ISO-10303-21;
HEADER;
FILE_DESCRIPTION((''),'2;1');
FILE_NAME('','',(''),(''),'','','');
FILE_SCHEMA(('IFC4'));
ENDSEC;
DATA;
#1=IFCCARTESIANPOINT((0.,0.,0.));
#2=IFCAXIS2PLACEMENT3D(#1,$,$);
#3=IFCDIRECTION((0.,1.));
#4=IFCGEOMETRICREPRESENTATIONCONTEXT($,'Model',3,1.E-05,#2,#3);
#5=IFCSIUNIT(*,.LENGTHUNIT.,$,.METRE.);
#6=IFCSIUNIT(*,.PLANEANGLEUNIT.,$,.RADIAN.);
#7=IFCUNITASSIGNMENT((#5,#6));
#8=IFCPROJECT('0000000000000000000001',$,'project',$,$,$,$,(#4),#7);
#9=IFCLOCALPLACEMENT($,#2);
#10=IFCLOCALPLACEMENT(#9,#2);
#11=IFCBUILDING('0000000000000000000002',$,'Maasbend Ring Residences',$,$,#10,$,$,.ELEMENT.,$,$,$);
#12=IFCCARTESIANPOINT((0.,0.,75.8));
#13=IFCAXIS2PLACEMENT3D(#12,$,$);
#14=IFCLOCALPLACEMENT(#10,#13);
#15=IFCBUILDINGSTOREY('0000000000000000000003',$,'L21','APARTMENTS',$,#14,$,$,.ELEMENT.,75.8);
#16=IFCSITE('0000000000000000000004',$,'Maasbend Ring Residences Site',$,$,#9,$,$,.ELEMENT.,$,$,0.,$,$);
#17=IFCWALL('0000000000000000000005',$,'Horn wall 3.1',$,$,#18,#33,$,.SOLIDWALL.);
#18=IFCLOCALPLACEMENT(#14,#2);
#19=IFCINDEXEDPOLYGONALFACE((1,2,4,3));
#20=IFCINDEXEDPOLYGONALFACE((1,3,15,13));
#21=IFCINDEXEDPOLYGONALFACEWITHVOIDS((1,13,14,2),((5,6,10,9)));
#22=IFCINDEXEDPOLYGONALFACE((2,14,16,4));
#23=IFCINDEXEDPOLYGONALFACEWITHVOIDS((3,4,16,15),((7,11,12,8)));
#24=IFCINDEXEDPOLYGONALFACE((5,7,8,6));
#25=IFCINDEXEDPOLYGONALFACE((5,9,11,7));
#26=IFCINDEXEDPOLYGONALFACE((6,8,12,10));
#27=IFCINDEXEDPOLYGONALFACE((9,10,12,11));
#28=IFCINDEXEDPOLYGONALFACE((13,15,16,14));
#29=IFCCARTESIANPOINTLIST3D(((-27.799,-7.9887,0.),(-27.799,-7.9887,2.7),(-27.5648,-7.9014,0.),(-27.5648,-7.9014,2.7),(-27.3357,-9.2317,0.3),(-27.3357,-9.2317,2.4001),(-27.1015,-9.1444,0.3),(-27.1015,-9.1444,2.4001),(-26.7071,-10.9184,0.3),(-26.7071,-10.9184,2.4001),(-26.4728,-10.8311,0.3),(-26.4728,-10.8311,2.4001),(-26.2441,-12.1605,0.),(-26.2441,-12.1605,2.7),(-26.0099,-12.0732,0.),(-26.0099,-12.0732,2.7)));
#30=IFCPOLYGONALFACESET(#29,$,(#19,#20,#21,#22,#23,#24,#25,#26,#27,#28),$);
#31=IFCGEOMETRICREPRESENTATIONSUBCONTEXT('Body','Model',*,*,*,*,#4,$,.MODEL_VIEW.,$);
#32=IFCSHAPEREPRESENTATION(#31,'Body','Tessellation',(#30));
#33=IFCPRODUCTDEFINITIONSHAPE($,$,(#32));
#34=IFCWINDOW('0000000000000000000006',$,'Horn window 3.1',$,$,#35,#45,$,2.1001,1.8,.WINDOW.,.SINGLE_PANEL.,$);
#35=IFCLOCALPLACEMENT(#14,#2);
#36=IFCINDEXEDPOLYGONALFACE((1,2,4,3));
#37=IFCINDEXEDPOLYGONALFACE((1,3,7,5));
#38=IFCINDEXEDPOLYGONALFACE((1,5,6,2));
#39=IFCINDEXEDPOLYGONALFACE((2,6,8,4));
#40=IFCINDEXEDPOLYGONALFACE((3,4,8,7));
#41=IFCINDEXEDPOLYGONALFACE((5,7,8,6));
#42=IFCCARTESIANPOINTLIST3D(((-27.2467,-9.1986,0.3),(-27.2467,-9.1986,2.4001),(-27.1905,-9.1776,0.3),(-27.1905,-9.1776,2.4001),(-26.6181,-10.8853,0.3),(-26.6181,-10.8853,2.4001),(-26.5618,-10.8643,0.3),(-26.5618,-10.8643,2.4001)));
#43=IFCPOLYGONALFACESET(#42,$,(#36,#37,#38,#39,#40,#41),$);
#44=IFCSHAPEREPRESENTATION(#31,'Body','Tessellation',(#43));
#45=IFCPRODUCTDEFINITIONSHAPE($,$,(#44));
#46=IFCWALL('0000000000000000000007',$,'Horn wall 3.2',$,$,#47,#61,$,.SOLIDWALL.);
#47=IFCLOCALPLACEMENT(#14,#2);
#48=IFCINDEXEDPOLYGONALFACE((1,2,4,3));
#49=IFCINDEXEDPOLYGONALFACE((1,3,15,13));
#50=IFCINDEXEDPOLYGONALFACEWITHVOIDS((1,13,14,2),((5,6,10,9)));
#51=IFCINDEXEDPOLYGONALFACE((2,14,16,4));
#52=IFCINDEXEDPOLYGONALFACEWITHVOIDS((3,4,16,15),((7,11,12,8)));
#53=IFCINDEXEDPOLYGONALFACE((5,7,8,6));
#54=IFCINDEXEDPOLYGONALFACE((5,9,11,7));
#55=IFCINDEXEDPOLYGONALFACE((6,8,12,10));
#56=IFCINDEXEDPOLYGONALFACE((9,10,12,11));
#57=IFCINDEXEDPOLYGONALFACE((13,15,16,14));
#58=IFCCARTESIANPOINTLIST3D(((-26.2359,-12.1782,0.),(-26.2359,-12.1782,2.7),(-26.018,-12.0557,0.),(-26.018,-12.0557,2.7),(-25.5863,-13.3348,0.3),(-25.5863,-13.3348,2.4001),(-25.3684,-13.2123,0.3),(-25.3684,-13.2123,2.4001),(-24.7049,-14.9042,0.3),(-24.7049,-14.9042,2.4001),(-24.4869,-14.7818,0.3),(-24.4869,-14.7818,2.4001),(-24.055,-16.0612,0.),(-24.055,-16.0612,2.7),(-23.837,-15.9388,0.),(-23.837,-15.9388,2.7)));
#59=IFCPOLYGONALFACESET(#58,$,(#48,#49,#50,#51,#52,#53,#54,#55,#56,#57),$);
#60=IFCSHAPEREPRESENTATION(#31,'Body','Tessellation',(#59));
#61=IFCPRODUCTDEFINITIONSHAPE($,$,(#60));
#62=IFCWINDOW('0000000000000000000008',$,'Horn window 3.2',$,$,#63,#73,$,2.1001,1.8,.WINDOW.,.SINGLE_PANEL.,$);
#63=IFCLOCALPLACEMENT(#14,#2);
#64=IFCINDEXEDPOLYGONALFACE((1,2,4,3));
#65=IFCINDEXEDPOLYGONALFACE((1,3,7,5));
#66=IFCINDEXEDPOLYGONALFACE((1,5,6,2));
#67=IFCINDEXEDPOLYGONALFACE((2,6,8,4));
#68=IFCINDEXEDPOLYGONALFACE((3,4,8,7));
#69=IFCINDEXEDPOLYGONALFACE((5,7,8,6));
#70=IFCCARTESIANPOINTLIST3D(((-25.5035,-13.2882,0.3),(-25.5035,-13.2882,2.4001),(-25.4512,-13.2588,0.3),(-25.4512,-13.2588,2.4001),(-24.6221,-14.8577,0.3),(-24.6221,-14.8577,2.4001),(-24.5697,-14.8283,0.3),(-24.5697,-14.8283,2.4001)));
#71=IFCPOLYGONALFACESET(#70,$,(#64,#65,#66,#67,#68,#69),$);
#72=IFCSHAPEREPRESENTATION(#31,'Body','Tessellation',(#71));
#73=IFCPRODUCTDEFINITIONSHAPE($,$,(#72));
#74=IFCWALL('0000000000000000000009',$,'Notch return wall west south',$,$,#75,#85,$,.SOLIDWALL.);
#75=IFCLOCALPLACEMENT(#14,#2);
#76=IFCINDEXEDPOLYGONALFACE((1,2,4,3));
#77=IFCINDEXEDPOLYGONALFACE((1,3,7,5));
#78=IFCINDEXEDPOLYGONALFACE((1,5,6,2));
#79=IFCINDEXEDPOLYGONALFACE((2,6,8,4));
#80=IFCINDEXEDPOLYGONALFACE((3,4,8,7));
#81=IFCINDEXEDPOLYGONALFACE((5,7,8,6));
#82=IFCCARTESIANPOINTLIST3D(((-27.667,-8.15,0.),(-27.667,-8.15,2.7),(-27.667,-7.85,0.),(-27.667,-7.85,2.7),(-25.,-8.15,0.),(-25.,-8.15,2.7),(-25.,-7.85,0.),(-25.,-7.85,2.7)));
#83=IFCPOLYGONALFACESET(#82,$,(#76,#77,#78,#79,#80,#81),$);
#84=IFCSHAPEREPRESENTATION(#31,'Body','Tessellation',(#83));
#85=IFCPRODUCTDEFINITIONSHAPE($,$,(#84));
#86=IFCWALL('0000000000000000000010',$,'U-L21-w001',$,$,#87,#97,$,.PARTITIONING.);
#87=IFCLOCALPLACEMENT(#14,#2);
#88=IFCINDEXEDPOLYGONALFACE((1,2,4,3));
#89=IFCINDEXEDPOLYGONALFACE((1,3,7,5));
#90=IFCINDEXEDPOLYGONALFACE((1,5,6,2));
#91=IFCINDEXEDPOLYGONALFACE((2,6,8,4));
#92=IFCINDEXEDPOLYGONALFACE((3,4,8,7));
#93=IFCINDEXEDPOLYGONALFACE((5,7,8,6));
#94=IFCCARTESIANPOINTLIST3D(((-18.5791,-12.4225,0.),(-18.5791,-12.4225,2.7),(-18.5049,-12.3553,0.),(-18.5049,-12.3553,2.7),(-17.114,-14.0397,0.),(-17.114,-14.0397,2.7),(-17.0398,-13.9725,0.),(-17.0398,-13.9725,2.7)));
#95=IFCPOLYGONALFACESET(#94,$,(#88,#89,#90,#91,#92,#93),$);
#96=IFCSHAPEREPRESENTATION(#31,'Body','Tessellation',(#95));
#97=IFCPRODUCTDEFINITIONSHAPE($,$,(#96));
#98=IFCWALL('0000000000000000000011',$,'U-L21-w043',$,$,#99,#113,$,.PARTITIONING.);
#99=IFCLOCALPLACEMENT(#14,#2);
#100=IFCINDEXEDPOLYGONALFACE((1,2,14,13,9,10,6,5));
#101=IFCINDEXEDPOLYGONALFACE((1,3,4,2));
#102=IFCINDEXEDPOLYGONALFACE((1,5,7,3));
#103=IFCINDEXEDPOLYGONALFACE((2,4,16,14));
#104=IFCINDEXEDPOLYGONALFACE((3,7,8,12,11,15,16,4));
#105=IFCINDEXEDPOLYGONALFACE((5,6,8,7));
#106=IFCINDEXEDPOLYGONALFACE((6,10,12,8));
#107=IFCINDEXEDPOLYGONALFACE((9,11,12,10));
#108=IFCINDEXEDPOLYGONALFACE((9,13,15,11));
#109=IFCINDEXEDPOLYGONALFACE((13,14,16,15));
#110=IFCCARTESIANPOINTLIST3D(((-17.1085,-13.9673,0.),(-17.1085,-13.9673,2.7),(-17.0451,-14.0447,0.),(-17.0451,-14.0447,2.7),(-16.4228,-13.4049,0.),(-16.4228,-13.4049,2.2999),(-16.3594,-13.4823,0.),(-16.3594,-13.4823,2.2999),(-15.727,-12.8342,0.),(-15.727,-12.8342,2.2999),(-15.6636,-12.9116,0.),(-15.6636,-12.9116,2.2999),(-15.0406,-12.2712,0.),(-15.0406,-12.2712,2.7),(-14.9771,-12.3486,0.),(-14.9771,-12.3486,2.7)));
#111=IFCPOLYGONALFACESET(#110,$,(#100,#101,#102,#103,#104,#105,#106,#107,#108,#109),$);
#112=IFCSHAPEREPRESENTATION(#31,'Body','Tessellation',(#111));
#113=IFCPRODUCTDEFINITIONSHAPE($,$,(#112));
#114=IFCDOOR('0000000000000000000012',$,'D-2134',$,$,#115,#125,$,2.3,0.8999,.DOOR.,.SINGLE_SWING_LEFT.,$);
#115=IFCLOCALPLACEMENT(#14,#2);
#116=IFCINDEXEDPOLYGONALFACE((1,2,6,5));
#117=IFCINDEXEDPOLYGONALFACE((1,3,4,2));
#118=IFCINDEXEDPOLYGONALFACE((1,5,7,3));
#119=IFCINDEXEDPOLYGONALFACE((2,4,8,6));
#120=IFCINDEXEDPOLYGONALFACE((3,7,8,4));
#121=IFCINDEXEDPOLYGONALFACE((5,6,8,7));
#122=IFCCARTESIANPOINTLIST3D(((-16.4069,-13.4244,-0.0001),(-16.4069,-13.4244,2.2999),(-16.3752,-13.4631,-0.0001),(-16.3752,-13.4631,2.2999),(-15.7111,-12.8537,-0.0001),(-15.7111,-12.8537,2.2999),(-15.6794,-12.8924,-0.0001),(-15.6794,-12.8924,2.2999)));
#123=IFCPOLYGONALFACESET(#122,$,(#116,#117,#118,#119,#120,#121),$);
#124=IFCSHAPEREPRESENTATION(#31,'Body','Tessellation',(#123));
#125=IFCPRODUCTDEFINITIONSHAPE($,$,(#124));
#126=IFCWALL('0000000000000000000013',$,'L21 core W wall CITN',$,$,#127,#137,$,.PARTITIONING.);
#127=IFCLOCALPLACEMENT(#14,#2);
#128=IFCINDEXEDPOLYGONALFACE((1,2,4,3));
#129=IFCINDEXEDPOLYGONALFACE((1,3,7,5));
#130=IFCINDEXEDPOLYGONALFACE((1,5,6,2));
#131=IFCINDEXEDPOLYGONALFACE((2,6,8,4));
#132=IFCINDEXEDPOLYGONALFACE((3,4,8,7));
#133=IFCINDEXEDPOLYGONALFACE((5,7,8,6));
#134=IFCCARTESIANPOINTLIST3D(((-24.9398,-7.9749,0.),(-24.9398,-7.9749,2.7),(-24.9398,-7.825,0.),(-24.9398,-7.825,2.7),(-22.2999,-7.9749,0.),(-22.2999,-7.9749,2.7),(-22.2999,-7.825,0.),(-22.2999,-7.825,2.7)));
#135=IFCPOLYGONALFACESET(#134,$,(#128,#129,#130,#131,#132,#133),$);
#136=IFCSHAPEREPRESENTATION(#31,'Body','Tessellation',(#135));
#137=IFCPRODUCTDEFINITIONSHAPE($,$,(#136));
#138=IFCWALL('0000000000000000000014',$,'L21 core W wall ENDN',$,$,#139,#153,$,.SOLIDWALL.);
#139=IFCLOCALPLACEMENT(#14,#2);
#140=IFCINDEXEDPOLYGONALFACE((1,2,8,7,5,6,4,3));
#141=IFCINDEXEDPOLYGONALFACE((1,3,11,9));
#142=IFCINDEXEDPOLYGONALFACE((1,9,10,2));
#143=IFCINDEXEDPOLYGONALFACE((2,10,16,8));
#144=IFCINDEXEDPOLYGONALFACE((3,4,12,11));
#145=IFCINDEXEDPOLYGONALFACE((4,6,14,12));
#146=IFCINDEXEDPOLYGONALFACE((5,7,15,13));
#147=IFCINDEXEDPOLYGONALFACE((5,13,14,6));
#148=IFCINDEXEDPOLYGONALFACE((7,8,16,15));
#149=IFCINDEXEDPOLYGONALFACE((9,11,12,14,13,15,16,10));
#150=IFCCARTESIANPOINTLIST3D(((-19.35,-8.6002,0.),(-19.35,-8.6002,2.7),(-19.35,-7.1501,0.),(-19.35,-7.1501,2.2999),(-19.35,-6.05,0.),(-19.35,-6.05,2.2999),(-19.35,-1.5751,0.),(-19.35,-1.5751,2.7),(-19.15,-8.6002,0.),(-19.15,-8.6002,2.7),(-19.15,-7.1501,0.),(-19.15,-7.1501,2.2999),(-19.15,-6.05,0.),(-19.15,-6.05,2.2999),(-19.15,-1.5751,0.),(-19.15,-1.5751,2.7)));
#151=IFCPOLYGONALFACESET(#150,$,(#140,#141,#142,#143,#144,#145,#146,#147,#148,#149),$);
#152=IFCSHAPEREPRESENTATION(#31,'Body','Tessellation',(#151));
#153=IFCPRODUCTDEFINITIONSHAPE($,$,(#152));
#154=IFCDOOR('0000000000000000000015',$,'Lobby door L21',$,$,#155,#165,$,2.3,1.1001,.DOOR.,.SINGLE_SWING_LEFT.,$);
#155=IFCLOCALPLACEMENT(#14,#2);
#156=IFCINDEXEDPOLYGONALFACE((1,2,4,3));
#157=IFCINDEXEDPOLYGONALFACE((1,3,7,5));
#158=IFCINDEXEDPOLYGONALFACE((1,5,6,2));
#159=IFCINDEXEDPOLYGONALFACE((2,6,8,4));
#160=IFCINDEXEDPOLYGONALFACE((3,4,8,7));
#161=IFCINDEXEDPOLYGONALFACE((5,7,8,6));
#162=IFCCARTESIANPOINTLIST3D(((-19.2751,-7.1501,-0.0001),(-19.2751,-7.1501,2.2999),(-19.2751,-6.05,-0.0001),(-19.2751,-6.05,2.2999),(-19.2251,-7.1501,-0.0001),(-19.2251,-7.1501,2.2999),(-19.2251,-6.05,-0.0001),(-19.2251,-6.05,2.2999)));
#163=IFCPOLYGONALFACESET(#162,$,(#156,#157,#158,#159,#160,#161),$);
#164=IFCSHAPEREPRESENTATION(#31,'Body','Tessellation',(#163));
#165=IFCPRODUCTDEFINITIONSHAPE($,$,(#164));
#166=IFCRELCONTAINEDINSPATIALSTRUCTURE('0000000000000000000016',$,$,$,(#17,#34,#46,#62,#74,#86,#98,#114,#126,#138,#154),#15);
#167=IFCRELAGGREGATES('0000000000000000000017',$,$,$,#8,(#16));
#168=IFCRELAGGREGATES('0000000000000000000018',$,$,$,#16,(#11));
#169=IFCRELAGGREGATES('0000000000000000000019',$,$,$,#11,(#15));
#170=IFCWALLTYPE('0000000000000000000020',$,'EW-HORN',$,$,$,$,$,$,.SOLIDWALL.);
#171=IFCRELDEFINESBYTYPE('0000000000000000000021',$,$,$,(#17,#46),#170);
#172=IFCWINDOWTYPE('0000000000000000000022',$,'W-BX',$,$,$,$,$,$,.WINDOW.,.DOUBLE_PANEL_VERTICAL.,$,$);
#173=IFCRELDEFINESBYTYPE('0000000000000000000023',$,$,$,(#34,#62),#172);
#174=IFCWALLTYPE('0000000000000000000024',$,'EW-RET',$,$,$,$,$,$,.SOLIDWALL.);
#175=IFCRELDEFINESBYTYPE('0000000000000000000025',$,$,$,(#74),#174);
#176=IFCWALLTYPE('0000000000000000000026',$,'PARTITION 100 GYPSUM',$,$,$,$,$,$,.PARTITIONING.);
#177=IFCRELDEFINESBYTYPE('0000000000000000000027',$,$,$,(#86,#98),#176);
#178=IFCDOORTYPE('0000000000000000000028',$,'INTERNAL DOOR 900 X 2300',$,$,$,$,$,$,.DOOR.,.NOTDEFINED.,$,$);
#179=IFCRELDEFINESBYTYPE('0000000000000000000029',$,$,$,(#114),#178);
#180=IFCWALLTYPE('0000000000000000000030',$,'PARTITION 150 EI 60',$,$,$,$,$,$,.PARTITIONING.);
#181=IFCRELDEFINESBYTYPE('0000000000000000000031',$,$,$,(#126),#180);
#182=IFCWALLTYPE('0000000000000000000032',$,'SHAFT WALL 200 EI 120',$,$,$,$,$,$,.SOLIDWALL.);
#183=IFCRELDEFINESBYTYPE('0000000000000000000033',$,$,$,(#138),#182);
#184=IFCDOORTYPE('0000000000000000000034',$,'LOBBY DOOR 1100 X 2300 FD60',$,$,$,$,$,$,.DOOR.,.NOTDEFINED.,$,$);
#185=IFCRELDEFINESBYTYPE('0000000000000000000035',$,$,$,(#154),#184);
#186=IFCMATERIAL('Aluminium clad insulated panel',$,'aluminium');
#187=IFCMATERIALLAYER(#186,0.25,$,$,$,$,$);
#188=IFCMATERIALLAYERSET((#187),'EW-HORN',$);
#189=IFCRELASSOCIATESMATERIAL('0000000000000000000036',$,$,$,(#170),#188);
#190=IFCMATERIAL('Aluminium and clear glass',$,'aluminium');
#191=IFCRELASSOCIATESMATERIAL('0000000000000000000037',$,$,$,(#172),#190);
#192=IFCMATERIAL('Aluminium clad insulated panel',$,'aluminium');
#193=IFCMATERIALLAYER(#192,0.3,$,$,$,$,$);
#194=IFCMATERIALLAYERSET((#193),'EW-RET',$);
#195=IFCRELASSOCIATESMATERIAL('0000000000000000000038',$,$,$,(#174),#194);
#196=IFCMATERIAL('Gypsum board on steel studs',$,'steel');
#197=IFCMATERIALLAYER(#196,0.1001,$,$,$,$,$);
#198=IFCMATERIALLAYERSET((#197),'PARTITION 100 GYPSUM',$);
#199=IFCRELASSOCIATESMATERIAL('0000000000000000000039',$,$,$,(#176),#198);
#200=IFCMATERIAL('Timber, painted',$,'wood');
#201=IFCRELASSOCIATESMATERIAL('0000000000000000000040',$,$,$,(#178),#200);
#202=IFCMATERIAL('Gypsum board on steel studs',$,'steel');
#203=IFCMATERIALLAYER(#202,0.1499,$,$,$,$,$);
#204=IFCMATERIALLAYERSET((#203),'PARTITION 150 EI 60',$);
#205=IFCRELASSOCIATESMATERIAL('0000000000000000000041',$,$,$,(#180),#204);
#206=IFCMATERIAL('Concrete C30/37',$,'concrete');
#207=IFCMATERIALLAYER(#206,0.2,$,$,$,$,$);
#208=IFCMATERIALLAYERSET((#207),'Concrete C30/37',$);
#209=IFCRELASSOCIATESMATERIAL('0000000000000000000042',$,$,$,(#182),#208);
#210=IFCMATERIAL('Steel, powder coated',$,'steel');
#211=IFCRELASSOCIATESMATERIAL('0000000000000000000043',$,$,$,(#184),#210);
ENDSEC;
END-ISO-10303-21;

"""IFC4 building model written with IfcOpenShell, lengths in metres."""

from ifc_helpers import new_model, si_unit, direction, frame, frame_2d, origin, place, context, subcontext, project, spatial, rectangle, extrude, material, layer, layer_set, type_object, element, fill, save


model = new_model("IFC4")

# Units and contexts
model_context = context("Model", 3, precision=1e-05, world=origin(), true_north=direction((0.0, 1.0)))
body_context = subcontext(model_context, "Body", "Model", "MODEL_VIEW")
ifc_project = project(units=[si_unit("LENGTHUNIT", "METRE"), si_unit("PLANEANGLEUNIT", "RADIAN")], contexts=[model_context])

# Site, building, storey
site_placement = place(None, origin())
site = spatial("IfcSite", under=ifc_project, at=site_placement, Name="Maasbend Ring Residences Site", CompositionType="ELEMENT", RefElevation=0.0)
building_placement = place(site_placement, origin())
building = spatial("IfcBuilding", under=site, at=building_placement, Name="Maasbend Ring Residences", CompositionType="ELEMENT")
storey_placement = place(building_placement, frame((0.0, 0.0, 75.8)))
storey = spatial("IfcBuildingStorey", under=building, at=storey_placement, Name="L21", Description="APARTMENTS", CompositionType="ELEMENT", Elevation=75.8)

# Walls, openings, windows
ifc_material_1 = material(Name="Aluminium clad insulated panel", Category="aluminium")
ifc_layer_1 = layer(ifc_material_1, 0.25)
ifc_layer_set_1 = layer_set([ifc_layer_1], Name="EW-HORN")
wall_type_1 = type_object("IfcWallType", Name="EW-HORN", PredefinedType="SOLIDWALL", material=ifc_layer_set_1)
wall_1_placement = place(storey_placement, frame((-27.6819, -7.9451, 0.0), z_axis=(0.0, 0.0, 1.0), x_axis=(0.349248, -0.93703, 0.0)))
wall_1 = element("IfcWall", 1, at=wall_1_placement, inside=storey, type_object=wall_type_1, Name="Horn wall 3.1", PredefinedType="SOLIDWALL", context=body_context, shape_type="SweptSolid", body=[
    extrude(rectangle(XDim=4.4521, YDim=0.25, at=frame_2d((2.2261, 0.0))), origin(), (0.0, 0.0, 1.0), 2.7),
])
opening_1_placement = place(wall_1_placement, frame((1.3267, 0.0, 0.3)))
opening_1 = element("IfcOpeningElement", 2, at=opening_1_placement, cuts=wall_1, PredefinedType="OPENING", context=body_context, shape_type="SweptSolid", body=[
    extrude(rectangle(XDim=1.8, YDim=2.1001, at=frame_2d((0.8999, 1.05))), frame((0.0, 0.135, 0.0), z_axis=(0.0, -1.0, 0.0), x_axis=(1.0, 0.0, 0.0)), (0.0, 0.0, 1.0), 0.27),
])
ifc_material_2 = material(Name="Aluminium and clear glass", Category="aluminium")
window_type = type_object("IfcWindowType", Name="W-BX", PartitioningType="DOUBLE_PANEL_VERTICAL", PredefinedType="WINDOW", material=ifc_material_2)
window_1_placement = place(opening_1_placement, origin())
window_1 = element("IfcWindow", 3, at=window_1_placement, inside=storey, type_object=window_type, Name="Horn window 3.1", OverallHeight=2.1001, OverallWidth=1.8, PartitioningType="SINGLE_PANEL", PredefinedType="WINDOW", context=body_context, shape_type="SweptSolid", body=[
    extrude(rectangle(XDim=1.8, YDim=2.1001, at=frame_2d((0.8999, 1.05))), frame((0.0, 0.03, 0.0), z_axis=(0.0, -1.0, 0.0), x_axis=(1.0, 0.0, 0.0)), (0.0, 0.0, 1.0), 0.0601),
])
fill(opening_1, window_1)
wall_2_placement = place(storey_placement, frame((-26.127, -12.1169, 0.0), z_axis=(0.0, 0.0, 1.0), x_axis=(0.489696, -0.871893, 0.0)))
wall_2 = element("IfcWall", 4, at=wall_2_placement, inside=storey, type_object=wall_type_1, Name="Horn wall 3.2", PredefinedType="SOLIDWALL", context=body_context, shape_type="SweptSolid", body=[
    extrude(rectangle(XDim=4.4536, YDim=0.25, at=frame_2d((2.2268, 0.0))), origin(), (0.0, 0.0, 1.0), 2.7),
])
opening_2_placement = place(wall_2_placement, frame((1.3267, 0.0, 0.3)))
opening_2 = element("IfcOpeningElement", 5, at=opening_2_placement, cuts=wall_2, PredefinedType="OPENING", context=body_context, shape_type="SweptSolid", body=[
    extrude(rectangle(XDim=1.8, YDim=2.1001, at=frame_2d((0.8999, 1.05))), frame((0.0, 0.135, 0.0), z_axis=(0.0, -1.0, 0.0), x_axis=(1.0, 0.0, 0.0)), (0.0, 0.0, 1.0), 0.27),
])
window_2_placement = place(opening_2_placement, origin())
window_2 = element("IfcWindow", 6, at=window_2_placement, inside=storey, type_object=window_type, Name="Horn window 3.2", OverallHeight=2.1001, OverallWidth=1.8, PartitioningType="SINGLE_PANEL", PredefinedType="WINDOW", context=body_context, shape_type="SweptSolid", body=[
    extrude(rectangle(XDim=1.8, YDim=2.1001, at=frame_2d((0.8999, 1.05))), frame((0.0, 0.03, 0.0), z_axis=(0.0, -1.0, 0.0), x_axis=(1.0, 0.0, 0.0)), (0.0, 0.0, 1.0), 0.0601),
])
fill(opening_2, window_2)

# Walls
ifc_material_3 = material(Name="Aluminium clad insulated panel", Category="aluminium")
ifc_layer_2 = layer(ifc_material_3, 0.3)
ifc_layer_set_2 = layer_set([ifc_layer_2], Name="EW-RET")
wall_type_2 = type_object("IfcWallType", Name="EW-RET", PredefinedType="SOLIDWALL", material=ifc_layer_set_2)
wall_3_placement = place(storey_placement, frame((-25.0, -8.0, 0.0), z_axis=(0.0, 0.0, 1.0), x_axis=(-1.0, 0.0, 0.0)))
element("IfcWall", 7, at=wall_3_placement, inside=storey, type_object=wall_type_2, Name="Notch return wall west south", PredefinedType="SOLIDWALL", context=body_context, shape_type="SweptSolid", body=[
    extrude(rectangle(XDim=2.667, YDim=0.3, at=frame_2d((1.3335, 0.0))), origin(), (0.0, 0.0, 1.0), 2.7),
])
ifc_material_4 = material(Name="Gypsum board on steel studs", Category="steel")
ifc_layer_3 = layer(ifc_material_4, 0.1001)
ifc_layer_set_3 = layer_set([ifc_layer_3], Name="PARTITION 100 GYPSUM")
wall_type_3 = type_object("IfcWallType", Name="PARTITION 100 GYPSUM", PredefinedType="PARTITIONING", material=ifc_layer_set_3)
wall_4_placement = place(storey_placement, frame((-18.542, -12.3889, 0.0), z_axis=(0.0, 0.0, 1.0), x_axis=(0.671397, -0.741098, 0.0)))
element("IfcWall", 8, at=wall_4_placement, inside=storey, type_object=wall_type_3, Name="U-L21-w001", PredefinedType="PARTITIONING", context=body_context, shape_type="SweptSolid", body=[
    extrude(rectangle(XDim=2.1821, YDim=0.1001, at=frame_2d((1.0911, 0.0))), origin(), (0.0, 0.0, 1.0), 2.7),
])

# Wall, opening, door
wall_5_placement = place(storey_placement, frame((-17.0769, -14.0061, 0.0), z_axis=(0.0, 0.0, 1.0), x_axis=(0.773196, 0.634167, 0.0)))
wall_5 = element("IfcWall", 9, at=wall_5_placement, inside=storey, type_object=wall_type_3, Name="U-L21-w043", PredefinedType="PARTITIONING", context=body_context, shape_type="SweptSolid", body=[
    extrude(rectangle(XDim=2.6746, YDim=0.1001, at=frame_2d((1.3374, 0.0))), origin(), (0.0, 0.0, 1.0), 2.7),
])
opening_3_placement = place(wall_5_placement, frame((0.887, 0.0, 0.0)))
opening_3 = element("IfcOpeningElement", 10, at=opening_3_placement, cuts=wall_5, PredefinedType="OPENING", context=body_context, shape_type="SweptSolid", body=[
    extrude(rectangle(XDim=0.8999, YDim=2.3, at=frame_2d((0.45, 1.1499))), frame((0.0, 0.0601, 0.0), z_axis=(0.0, -1.0, 0.0), x_axis=(1.0, 0.0, 0.0)), (0.0, 0.0, 1.0), 0.1201),
])
ifc_material_5 = material(Name="Timber, painted", Category="wood")
door_type_1 = type_object("IfcDoorType", Name="INTERNAL DOOR 900 X 2300", OperationType="NOTDEFINED", PredefinedType="DOOR", material=ifc_material_5)
door_1_placement = place(opening_3_placement, origin())
door_1 = element("IfcDoor", 11, at=door_1_placement, inside=storey, type_object=door_type_1, Name="D-2134", OperationType="SINGLE_SWING_LEFT", OverallHeight=2.3, OverallWidth=0.8999, PredefinedType="DOOR", context=body_context, shape_type="SweptSolid", body=[
    extrude(rectangle(XDim=0.8999, YDim=2.3, at=frame_2d((0.45, 1.1499))), frame((0.0, 0.0249, 0.0), z_axis=(0.0, -1.0, 0.0), x_axis=(1.0, 0.0, 0.0)), (0.0, 0.0, 1.0), 0.05),
])
fill(opening_3, door_1)

# Wall
ifc_material_6 = material(Name="Gypsum board on steel studs", Category="steel")
ifc_layer_4 = layer(ifc_material_6, 0.1499)
ifc_layer_set_4 = layer_set([ifc_layer_4], Name="PARTITION 150 EI 60")
wall_type_4 = type_object("IfcWallType", Name="PARTITION 150 EI 60", PredefinedType="PARTITIONING", material=ifc_layer_set_4)
wall_6_placement = place(storey_placement, frame((-22.3, -7.8999, 0.0), z_axis=(0.0, 0.0, 1.0), x_axis=(-1.0, 0.0, 0.0)))
element("IfcWall", 12, at=wall_6_placement, inside=storey, type_object=wall_type_4, Name="L21 core W wall CITN", PredefinedType="PARTITIONING", context=body_context, shape_type="SweptSolid", body=[
    extrude(rectangle(XDim=2.6399, YDim=0.1499, at=frame_2d((1.3198, 0.0))), origin(), (0.0, 0.0, 1.0), 2.7),
])

# Wall, opening, door
ifc_material_7 = material(Name="Concrete C30/37", Category="concrete")
ifc_layer_5 = layer(ifc_material_7, 0.2)
ifc_layer_set_5 = layer_set([ifc_layer_5], Name="Concrete C30/37")
wall_type_5 = type_object("IfcWallType", Name="SHAFT WALL 200 EI 120", PredefinedType="SOLIDWALL", material=ifc_layer_set_5)
wall_7_placement = place(storey_placement, frame((-19.25, -1.575, 0.0), z_axis=(0.0, 0.0, 1.0), x_axis=(0.0, -1.0, 0.0)))
wall_7 = element("IfcWall", 13, at=wall_7_placement, inside=storey, type_object=wall_type_5, Name="L21 core W wall ENDN", PredefinedType="SOLIDWALL", context=body_context, shape_type="SweptSolid", body=[
    extrude(rectangle(XDim=7.0251, YDim=0.2, at=frame_2d((3.5127, 0.0))), origin(), (0.0, 0.0, 1.0), 2.7),
])
opening_4_placement = place(wall_7_placement, frame((4.4751, 0.0, 0.0)))
opening_4 = element("IfcOpeningElement", 14, at=opening_4_placement, cuts=wall_7, PredefinedType="OPENING", context=body_context, shape_type="SweptSolid", body=[
    extrude(rectangle(XDim=1.1001, YDim=2.3, at=frame_2d((0.55, 1.1499))), frame((0.0, 0.1099, 0.0), z_axis=(0.0, -1.0, 0.0), x_axis=(1.0, 0.0, 0.0)), (0.0, 0.0, 1.0), 0.22),
])
ifc_material_8 = material(Name="Steel, powder coated", Category="steel")
door_type_2 = type_object("IfcDoorType", Name="LOBBY DOOR 1100 X 2300 FD60", OperationType="NOTDEFINED", PredefinedType="DOOR", material=ifc_material_8)
door_2_placement = place(opening_4_placement, origin())
door_2 = element("IfcDoor", 15, at=door_2_placement, inside=storey, type_object=door_type_2, Name="Lobby door L21", OperationType="SINGLE_SWING_LEFT", OverallHeight=2.3, OverallWidth=1.1001, PredefinedType="DOOR", context=body_context, shape_type="SweptSolid", body=[
    extrude(rectangle(XDim=1.1001, YDim=2.3, at=frame_2d((0.55, 1.1499))), frame((0.0, 0.0249, 0.0), z_axis=(0.0, -1.0, 0.0), x_axis=(1.0, 0.0, 0.0)), (0.0, 0.0, 1.0), 0.05),
])
fill(opening_4, door_2)

save(model, "model.ifc")
